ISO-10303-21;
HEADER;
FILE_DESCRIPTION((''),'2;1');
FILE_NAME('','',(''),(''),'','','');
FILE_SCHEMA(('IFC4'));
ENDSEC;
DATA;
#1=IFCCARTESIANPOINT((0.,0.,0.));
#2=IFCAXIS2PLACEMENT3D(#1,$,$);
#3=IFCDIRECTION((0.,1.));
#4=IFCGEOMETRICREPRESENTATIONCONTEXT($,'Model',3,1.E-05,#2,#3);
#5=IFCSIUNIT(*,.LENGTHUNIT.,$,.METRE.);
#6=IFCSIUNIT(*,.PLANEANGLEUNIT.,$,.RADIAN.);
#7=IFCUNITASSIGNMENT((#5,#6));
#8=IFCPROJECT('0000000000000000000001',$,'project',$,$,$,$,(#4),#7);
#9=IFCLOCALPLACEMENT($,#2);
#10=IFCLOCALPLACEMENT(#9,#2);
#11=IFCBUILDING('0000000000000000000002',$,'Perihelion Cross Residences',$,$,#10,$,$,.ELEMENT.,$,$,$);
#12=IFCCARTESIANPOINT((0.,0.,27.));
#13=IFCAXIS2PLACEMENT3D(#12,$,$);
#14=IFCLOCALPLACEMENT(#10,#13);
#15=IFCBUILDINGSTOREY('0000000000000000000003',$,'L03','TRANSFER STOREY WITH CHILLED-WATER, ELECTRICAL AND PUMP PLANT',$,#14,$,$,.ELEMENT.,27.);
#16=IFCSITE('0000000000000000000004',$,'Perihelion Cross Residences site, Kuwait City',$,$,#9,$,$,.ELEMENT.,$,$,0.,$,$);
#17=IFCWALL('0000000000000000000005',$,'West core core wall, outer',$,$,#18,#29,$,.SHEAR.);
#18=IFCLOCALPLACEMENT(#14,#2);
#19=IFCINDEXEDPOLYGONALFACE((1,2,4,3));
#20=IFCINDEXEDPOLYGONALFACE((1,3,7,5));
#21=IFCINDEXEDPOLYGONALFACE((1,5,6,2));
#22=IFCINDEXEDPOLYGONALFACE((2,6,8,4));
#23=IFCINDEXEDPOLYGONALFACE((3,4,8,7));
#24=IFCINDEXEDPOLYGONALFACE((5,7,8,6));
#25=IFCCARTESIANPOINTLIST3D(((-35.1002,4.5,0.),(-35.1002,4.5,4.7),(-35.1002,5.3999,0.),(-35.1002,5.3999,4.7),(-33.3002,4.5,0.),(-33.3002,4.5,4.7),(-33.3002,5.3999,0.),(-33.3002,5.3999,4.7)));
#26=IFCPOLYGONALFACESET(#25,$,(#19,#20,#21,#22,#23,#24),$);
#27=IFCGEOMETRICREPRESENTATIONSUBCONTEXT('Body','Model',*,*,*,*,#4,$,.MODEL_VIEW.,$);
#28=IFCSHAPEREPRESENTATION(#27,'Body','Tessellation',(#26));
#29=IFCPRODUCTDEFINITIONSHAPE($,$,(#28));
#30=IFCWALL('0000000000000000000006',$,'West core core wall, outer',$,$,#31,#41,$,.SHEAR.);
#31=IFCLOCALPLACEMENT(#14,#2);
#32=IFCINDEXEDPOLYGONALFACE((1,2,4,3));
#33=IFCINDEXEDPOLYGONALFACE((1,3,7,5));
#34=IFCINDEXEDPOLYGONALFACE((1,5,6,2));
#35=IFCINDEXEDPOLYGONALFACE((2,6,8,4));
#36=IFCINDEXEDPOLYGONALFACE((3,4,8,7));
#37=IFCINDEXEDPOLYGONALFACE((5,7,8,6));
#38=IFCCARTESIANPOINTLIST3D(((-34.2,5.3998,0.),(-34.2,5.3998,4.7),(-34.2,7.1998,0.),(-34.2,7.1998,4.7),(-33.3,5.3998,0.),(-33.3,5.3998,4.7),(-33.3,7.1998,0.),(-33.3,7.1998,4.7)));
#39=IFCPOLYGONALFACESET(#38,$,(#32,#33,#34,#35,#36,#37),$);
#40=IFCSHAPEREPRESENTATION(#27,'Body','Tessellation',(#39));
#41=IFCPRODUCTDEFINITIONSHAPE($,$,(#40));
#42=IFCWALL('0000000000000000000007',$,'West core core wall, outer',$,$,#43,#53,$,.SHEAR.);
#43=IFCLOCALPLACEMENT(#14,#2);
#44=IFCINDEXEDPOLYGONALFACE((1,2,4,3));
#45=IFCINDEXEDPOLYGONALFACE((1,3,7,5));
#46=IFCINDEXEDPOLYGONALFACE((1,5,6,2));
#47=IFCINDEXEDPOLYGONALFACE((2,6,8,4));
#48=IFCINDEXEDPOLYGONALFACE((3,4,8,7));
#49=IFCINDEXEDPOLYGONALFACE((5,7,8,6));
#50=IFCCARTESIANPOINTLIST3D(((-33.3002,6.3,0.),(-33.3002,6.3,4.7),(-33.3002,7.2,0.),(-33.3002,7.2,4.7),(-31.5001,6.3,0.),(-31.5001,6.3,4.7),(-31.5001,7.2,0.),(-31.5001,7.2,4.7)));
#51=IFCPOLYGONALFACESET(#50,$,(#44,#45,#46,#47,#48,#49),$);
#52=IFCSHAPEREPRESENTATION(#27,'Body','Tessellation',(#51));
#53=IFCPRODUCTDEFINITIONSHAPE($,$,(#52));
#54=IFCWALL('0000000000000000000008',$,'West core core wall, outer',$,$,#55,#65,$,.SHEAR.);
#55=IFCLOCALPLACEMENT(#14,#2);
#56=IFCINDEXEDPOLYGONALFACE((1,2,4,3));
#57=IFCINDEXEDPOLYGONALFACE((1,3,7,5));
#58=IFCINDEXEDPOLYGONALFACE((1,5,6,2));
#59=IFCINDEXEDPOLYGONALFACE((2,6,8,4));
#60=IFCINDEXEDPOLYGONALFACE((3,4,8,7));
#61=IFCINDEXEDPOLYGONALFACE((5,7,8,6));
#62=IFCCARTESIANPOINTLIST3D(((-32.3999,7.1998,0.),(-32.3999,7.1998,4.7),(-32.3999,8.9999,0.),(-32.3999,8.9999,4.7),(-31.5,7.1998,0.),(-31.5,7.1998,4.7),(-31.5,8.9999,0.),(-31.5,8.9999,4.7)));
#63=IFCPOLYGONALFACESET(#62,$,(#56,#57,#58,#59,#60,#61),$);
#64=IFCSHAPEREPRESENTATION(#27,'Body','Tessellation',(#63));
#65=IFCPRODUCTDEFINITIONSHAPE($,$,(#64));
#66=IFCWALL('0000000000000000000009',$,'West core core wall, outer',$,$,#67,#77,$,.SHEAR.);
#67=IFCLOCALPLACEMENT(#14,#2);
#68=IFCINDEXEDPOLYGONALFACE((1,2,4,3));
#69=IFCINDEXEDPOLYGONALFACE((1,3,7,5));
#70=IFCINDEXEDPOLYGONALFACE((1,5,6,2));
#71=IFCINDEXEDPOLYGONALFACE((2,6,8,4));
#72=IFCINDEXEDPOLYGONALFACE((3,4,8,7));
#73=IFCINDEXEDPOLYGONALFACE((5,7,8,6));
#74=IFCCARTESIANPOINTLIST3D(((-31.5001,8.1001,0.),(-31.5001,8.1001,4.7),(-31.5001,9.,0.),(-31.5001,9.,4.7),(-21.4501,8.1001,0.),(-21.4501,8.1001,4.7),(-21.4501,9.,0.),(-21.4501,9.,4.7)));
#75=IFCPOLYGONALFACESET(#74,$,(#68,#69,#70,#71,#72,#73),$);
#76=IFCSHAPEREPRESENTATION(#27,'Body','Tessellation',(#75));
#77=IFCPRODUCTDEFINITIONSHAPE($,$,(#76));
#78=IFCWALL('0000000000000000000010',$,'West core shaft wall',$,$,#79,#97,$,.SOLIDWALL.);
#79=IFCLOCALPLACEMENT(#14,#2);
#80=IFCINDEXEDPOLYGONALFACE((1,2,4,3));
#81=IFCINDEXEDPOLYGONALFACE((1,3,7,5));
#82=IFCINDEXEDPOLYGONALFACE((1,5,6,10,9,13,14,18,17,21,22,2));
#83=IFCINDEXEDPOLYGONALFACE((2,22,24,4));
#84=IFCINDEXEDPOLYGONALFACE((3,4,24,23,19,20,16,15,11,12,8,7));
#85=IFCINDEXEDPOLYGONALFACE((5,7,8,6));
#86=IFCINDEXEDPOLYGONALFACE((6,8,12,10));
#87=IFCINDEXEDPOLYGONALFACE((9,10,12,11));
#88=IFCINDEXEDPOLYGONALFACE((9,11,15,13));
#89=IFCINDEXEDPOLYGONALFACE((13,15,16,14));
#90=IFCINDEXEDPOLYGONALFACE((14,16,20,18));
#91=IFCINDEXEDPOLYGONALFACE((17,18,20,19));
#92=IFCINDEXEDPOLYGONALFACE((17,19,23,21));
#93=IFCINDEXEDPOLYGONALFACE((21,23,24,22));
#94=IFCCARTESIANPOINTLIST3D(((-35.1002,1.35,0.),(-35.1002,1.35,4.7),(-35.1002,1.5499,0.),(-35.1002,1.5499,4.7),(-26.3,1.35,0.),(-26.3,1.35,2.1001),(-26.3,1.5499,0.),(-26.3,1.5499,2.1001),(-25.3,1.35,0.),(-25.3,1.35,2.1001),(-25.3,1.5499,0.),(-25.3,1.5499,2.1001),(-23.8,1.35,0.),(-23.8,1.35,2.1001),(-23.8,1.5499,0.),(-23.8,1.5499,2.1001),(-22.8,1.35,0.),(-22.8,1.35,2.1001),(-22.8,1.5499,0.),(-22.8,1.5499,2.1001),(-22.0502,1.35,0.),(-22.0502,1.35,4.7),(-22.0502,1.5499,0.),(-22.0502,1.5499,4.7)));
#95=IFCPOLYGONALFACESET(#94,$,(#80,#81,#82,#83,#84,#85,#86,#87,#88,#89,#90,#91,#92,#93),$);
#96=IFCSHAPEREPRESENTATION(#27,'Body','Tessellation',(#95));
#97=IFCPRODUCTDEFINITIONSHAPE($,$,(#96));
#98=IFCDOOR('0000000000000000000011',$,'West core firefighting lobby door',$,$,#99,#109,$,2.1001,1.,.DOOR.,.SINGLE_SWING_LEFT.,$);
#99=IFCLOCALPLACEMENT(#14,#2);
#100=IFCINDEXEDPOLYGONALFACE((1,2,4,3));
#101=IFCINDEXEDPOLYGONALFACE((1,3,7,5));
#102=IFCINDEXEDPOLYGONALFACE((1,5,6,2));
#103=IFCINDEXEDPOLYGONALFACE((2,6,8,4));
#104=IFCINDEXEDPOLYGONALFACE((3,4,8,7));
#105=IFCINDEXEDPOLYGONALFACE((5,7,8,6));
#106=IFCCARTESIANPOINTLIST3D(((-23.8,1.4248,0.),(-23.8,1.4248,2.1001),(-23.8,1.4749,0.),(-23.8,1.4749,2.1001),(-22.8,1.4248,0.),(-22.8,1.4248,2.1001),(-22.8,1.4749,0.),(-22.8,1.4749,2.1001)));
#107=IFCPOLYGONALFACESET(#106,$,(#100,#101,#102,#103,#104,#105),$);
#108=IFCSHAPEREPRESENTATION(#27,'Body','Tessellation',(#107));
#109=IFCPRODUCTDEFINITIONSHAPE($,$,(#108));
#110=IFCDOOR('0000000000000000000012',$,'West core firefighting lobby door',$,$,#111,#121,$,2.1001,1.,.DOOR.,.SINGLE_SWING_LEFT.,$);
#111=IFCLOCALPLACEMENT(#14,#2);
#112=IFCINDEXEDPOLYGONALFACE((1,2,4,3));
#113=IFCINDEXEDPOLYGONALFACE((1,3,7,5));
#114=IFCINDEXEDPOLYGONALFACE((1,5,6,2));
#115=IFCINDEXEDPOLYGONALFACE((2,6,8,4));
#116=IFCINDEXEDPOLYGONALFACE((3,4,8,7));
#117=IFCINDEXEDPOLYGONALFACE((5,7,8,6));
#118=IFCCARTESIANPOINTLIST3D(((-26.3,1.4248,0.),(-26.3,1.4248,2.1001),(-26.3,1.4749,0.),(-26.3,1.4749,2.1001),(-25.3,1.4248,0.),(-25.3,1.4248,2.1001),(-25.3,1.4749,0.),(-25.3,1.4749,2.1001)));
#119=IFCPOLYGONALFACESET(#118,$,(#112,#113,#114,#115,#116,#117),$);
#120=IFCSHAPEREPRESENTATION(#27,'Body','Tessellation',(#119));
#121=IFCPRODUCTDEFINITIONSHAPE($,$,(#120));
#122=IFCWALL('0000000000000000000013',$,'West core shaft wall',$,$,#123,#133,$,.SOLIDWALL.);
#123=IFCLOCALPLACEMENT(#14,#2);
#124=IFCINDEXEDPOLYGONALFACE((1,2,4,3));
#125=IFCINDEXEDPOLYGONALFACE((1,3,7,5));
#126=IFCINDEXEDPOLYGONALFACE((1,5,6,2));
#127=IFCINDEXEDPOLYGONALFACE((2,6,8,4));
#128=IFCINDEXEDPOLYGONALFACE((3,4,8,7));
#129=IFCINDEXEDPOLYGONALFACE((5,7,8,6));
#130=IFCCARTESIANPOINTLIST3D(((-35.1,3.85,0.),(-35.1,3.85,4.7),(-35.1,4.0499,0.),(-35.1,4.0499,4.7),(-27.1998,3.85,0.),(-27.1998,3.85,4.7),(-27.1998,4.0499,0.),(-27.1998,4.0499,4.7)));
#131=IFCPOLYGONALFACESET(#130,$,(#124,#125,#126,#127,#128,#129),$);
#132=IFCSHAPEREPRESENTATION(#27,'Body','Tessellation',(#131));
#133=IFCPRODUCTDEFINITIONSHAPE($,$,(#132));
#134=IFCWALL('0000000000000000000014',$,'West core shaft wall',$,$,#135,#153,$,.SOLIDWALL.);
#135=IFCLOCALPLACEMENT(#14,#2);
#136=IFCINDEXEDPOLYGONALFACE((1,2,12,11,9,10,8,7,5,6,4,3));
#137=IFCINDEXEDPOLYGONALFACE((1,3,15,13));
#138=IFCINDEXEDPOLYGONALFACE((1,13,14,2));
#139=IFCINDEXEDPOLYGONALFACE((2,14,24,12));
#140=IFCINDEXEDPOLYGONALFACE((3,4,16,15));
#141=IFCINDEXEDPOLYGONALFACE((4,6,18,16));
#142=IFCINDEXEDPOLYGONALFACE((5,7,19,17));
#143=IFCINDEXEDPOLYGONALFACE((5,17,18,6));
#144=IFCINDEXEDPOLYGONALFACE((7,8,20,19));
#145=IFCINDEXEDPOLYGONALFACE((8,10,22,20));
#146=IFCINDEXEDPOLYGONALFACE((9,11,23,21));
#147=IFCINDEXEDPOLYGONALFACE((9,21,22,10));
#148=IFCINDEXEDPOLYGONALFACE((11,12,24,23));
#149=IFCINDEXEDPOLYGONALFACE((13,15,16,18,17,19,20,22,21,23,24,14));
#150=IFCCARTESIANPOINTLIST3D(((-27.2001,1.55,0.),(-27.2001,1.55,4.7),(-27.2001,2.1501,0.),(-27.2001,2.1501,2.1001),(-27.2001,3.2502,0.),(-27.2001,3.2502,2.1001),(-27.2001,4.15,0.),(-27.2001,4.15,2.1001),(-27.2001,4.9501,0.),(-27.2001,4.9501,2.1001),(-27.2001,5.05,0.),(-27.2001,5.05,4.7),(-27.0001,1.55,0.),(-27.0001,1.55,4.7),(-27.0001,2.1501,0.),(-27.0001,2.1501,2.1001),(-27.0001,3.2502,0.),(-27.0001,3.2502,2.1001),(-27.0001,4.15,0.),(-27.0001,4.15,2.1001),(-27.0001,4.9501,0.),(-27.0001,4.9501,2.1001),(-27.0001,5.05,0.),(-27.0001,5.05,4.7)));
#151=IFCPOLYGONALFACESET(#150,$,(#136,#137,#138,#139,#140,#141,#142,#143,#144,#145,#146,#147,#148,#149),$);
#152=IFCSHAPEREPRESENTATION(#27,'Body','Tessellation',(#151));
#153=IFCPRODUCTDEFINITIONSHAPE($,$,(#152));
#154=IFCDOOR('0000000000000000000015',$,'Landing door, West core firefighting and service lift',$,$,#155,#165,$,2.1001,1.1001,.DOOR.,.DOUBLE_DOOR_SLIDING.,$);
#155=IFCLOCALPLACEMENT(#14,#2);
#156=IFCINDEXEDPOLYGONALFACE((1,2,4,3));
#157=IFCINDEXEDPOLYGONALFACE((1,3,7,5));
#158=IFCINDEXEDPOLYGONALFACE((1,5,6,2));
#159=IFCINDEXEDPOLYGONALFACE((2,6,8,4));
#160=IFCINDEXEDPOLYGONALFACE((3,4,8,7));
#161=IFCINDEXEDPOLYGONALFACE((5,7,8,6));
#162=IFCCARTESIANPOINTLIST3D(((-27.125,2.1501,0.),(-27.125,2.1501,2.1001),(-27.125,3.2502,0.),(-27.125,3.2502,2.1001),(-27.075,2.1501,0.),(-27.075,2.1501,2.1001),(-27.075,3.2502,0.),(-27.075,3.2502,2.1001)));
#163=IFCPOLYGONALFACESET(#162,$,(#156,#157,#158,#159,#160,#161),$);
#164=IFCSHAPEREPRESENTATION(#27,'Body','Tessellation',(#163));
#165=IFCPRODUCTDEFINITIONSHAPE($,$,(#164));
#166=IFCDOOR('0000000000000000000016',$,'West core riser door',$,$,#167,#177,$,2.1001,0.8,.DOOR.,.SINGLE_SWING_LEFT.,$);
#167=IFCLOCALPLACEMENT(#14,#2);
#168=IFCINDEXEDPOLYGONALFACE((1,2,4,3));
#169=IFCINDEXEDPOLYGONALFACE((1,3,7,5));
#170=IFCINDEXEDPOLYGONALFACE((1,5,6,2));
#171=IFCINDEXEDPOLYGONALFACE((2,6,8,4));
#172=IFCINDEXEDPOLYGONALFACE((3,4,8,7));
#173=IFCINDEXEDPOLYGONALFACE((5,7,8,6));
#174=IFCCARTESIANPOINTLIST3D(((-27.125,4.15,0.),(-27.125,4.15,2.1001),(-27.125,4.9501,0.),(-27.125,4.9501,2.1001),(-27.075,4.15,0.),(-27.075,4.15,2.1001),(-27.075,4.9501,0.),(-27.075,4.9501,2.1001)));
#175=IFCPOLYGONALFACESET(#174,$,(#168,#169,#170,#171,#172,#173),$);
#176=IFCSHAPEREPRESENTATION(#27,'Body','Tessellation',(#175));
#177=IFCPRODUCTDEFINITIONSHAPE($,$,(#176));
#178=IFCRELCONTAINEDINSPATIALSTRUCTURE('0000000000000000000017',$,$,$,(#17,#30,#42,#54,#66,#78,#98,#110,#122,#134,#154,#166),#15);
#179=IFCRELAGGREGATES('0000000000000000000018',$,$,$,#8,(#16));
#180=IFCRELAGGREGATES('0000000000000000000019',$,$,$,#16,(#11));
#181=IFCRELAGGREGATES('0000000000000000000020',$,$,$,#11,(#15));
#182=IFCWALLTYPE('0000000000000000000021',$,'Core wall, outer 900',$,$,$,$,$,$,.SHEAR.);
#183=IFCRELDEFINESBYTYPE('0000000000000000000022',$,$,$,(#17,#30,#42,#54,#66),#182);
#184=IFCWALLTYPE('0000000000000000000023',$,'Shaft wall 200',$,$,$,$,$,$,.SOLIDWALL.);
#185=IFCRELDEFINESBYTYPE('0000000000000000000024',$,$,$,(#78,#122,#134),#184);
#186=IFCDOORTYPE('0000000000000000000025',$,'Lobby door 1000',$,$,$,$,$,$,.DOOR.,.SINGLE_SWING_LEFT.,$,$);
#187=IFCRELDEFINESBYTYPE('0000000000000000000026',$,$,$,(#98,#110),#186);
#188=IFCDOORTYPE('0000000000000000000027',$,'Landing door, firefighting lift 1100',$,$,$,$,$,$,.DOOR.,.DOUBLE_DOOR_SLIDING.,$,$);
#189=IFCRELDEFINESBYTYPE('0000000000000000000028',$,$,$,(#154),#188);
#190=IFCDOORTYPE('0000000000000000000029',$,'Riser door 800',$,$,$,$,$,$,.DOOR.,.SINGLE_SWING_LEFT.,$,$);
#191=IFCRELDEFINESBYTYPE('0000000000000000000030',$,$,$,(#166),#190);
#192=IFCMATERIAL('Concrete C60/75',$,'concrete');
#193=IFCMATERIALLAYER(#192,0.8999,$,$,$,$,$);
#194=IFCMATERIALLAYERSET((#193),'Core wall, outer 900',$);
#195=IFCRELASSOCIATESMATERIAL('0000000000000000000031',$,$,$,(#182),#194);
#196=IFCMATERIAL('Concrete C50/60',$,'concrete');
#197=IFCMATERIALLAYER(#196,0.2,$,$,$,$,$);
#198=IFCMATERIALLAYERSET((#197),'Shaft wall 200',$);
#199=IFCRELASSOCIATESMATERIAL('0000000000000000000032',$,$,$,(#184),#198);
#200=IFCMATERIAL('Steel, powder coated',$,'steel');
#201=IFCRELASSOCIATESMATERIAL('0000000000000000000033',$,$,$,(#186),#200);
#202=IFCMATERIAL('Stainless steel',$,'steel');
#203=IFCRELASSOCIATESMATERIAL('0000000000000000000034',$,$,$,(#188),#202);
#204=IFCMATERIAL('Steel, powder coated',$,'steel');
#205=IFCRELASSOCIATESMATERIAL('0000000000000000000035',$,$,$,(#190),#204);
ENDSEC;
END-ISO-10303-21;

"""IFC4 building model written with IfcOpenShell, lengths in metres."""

from ifc_helpers import new_model, si_unit, direction, frame, frame_2d, origin, place, context, subcontext, project, spatial, rectangle, extrude, material, layer, layer_set, type_object, element, fill, save


model = new_model("IFC4")

# Units and contexts
model_context = context("Model", 3, precision=1e-05, world=origin(), true_north=direction((0.0, 1.0)))
body_context = subcontext(model_context, "Body", "Model", "MODEL_VIEW")
ifc_project = project(units=[si_unit("LENGTHUNIT", "METRE"), si_unit("PLANEANGLEUNIT", "RADIAN")], contexts=[model_context])

# Site, building, storey
site_placement = place(None, origin())
site = spatial("IfcSite", under=ifc_project, at=site_placement, Name="Perihelion Cross Residences site, Kuwait City", CompositionType="ELEMENT", RefElevation=0.0)
building_placement = place(site_placement, origin())
building = spatial("IfcBuilding", under=site, at=building_placement, Name="Perihelion Cross Residences", CompositionType="ELEMENT")
storey_placement = place(building_placement, frame((0.0, 0.0, 27.0)))
storey = spatial("IfcBuildingStorey", under=building, at=storey_placement, Name="L03", Description="TRANSFER STOREY WITH CHILLED-WATER, ELECTRICAL AND PUMP PLANT", CompositionType="ELEMENT", Elevation=27.0)

# Walls
ifc_material_1 = material(Name="Concrete C60/75", Category="concrete")
ifc_layer_1 = layer(ifc_material_1, 0.8999)
ifc_layer_set_1 = layer_set([ifc_layer_1], Name="Core wall, outer 900")
wall_type_1 = type_object("IfcWallType", Name="Core wall, outer 900", PredefinedType="SHEAR", material=ifc_layer_set_1)
for number, where, z_axis, x_axis, name in (
    (1, (-35.1001, 4.95, 0.0), (0.0, 0.0, 1.0), (1.0, 0.0, 0.0), "West core core wall, outer"),
    (2, (-33.75, 5.3999, 0.0), (0.0, 0.0, 1.0), (0.0, 1.0, 0.0), "West core core wall, outer"),
    (3, (-33.3, 6.75, 0.0), (0.0, 0.0, 1.0), (1.0, 0.0, 0.0), "West core core wall, outer"),
    (4, (-31.95, 7.2, 0.0), (0.0, 0.0, 1.0), (0.0, 1.0, 0.0), "West core core wall, outer"),
):
    element("IfcWall", number, at=place(storey_placement, frame(where, z_axis=z_axis, x_axis=x_axis)), inside=storey, type_object=wall_type_1, Name=name, PredefinedType="SHEAR", context=body_context, shape_type="SweptSolid", body=[
        extrude(rectangle(XDim=1.8, YDim=0.8999, at=frame_2d((0.8999, 0.0))), origin(), (0.0, 0.0, 1.0), 4.7),
    ])
wall_1_placement = place(storey_placement, frame((-31.5, 8.55, 0.0), z_axis=(0.0, 0.0, 1.0), x_axis=(1.0, 0.0, 0.0)))
element("IfcWall", 5, at=wall_1_placement, inside=storey, type_object=wall_type_1, Name="West core core wall, outer", PredefinedType="SHEAR", context=body_context, shape_type="SweptSolid", body=[
    extrude(rectangle(XDim=10.05, YDim=0.8999, at=frame_2d((5.0249, 0.0))), origin(), (0.0, 0.0, 1.0), 4.7),
])

# Wall, openings, doors
ifc_material_2 = material(Name="Concrete C50/60", Category="concrete")
ifc_layer_2 = layer(ifc_material_2, 0.2)
ifc_layer_set_2 = layer_set([ifc_layer_2], Name="Shaft wall 200")
wall_type_2 = type_object("IfcWallType", Name="Shaft wall 200", PredefinedType="SOLIDWALL", material=ifc_layer_set_2)
wall_2_placement = place(storey_placement, frame((-35.1001, 1.45, 0.0), z_axis=(0.0, 0.0, 1.0), x_axis=(1.0, 0.0, 0.0)))
wall_2 = element("IfcWall", 6, at=wall_2_placement, inside=storey, type_object=wall_type_2, Name="West core shaft wall", PredefinedType="SOLIDWALL", context=body_context, shape_type="SweptSolid", body=[
    extrude(rectangle(XDim=13.05, YDim=0.2, at=frame_2d((6.5249, 0.0))), origin(), (0.0, 0.0, 1.0), 4.7),
])
opening_1_placement = place(wall_2_placement, frame((11.3, 0.0, 0.0)))
opening_1 = element("IfcOpeningElement", 7, at=opening_1_placement, cuts=wall_2, PredefinedType="OPENING", context=body_context, shape_type="SweptSolid", body=[
    extrude(rectangle(XDim=1.0, YDim=2.1001, at=frame_2d((0.5, 1.05))), frame((0.0, 0.1099, 0.0), z_axis=(0.0, -1.0, 0.0), x_axis=(1.0, 0.0, 0.0)), (0.0, 0.0, 1.0), 0.22),
])
opening_2_placement = place(wall_2_placement, frame((8.8, 0.0, 0.0)))
opening_2 = element("IfcOpeningElement", 8, at=opening_2_placement, cuts=wall_2, PredefinedType="OPENING", context=body_context, shape_type="SweptSolid", body=[
    extrude(rectangle(XDim=1.0, YDim=2.1001, at=frame_2d((0.5, 1.05))), frame((0.0, 0.1099, 0.0), z_axis=(0.0, -1.0, 0.0), x_axis=(1.0, 0.0, 0.0)), (0.0, 0.0, 1.0), 0.22),
])
ifc_material_3 = material(Name="Steel, powder coated", Category="steel")
door_type_1 = type_object("IfcDoorType", Name="Lobby door 1000", OperationType="SINGLE_SWING_LEFT", PredefinedType="DOOR", material=ifc_material_3)
door_1_placement = place(opening_1_placement, origin())
door_1 = element("IfcDoor", 9, at=door_1_placement, inside=storey, type_object=door_type_1, Name="West core firefighting lobby door", OperationType="SINGLE_SWING_LEFT", OverallHeight=2.1001, OverallWidth=1.0, PredefinedType="DOOR", context=body_context, shape_type="SweptSolid", body=[
    extrude(rectangle(XDim=1.0, YDim=2.1001, at=frame_2d((0.5, 1.05))), frame((0.0, 0.0249, 0.0), z_axis=(0.0, -1.0, 0.0), x_axis=(1.0, 0.0, 0.0)), (0.0, 0.0, 1.0), 0.05),
])
fill(opening_1, door_1)
door_2_placement = place(opening_2_placement, origin())
door_2 = element("IfcDoor", 10, at=door_2_placement, inside=storey, type_object=door_type_1, Name="West core firefighting lobby door", OperationType="SINGLE_SWING_LEFT", OverallHeight=2.1001, OverallWidth=1.0, PredefinedType="DOOR", context=body_context, shape_type="SweptSolid", body=[
    extrude(rectangle(XDim=1.0, YDim=2.1001, at=frame_2d((0.5, 1.05))), frame((0.0, 0.0249, 0.0), z_axis=(0.0, -1.0, 0.0), x_axis=(1.0, 0.0, 0.0)), (0.0, 0.0, 1.0), 0.05),
])
fill(opening_2, door_2)

# Wall
wall_3_placement = place(storey_placement, frame((-35.1001, 3.95, 0.0), z_axis=(0.0, 0.0, 1.0), x_axis=(1.0, 0.0, 0.0)))
element("IfcWall", 11, at=wall_3_placement, inside=storey, type_object=wall_type_2, Name="West core shaft wall", PredefinedType="SOLIDWALL", context=body_context, shape_type="SweptSolid", body=[
    extrude(rectangle(XDim=7.9001, YDim=0.2, at=frame_2d((3.9502, 0.0))), origin(), (0.0, 0.0, 1.0), 4.7),
])

# Wall, openings, doors
wall_4_placement = place(storey_placement, frame((-27.1001, 1.55, 0.0), z_axis=(0.0, 0.0, 1.0), x_axis=(0.0, 1.0, 0.0)))
wall_4 = element("IfcWall", 12, at=wall_4_placement, inside=storey, type_object=wall_type_2, Name="West core shaft wall", PredefinedType="SOLIDWALL", context=body_context, shape_type="SweptSolid", body=[
    extrude(rectangle(XDim=3.5, YDim=0.2, at=frame_2d((1.75, 0.0))), origin(), (0.0, 0.0, 1.0), 4.7),
])
opening_3_placement = place(wall_4_placement, frame((0.6001, 0.0, 0.0)))
opening_3 = element("IfcOpeningElement", 13, at=opening_3_placement, cuts=wall_4, PredefinedType="OPENING", context=body_context, shape_type="SweptSolid", body=[
    extrude(rectangle(XDim=1.1001, YDim=2.1001, at=frame_2d((0.55, 1.05))), frame((0.0, 0.1099, 0.0), z_axis=(0.0, -1.0, 0.0), x_axis=(1.0, 0.0, 0.0)), (0.0, 0.0, 1.0), 0.22),
])
opening_4_placement = place(wall_4_placement, frame((2.6001, 0.0, 0.0)))
opening_4 = element("IfcOpeningElement", 14, at=opening_4_placement, cuts=wall_4, PredefinedType="OPENING", context=body_context, shape_type="SweptSolid", body=[
    extrude(rectangle(XDim=0.8, YDim=2.1001, at=frame_2d((0.3999, 1.05))), frame((0.0, 0.1099, 0.0), z_axis=(0.0, -1.0, 0.0), x_axis=(1.0, 0.0, 0.0)), (0.0, 0.0, 1.0), 0.22),
])
ifc_material_4 = material(Name="Stainless steel", Category="steel")
door_type_2 = type_object("IfcDoorType", Name="Landing door, firefighting lift 1100", OperationType="DOUBLE_DOOR_SLIDING", PredefinedType="DOOR", material=ifc_material_4)
door_3_placement = place(opening_3_placement, origin())
door_3 = element("IfcDoor", 15, at=door_3_placement, inside=storey, type_object=door_type_2, Name="Landing door, West core firefighting and service lift", OperationType="DOUBLE_DOOR_SLIDING", OverallHeight=2.1001, OverallWidth=1.1001, PredefinedType="DOOR", context=body_context, shape_type="SweptSolid", body=[
    extrude(rectangle(XDim=1.1001, YDim=2.1001, at=frame_2d((0.55, 1.05))), frame((0.0, 0.0249, 0.0), z_axis=(0.0, -1.0, 0.0), x_axis=(1.0, 0.0, 0.0)), (0.0, 0.0, 1.0), 0.05),
])
fill(opening_3, door_3)
ifc_material_5 = material(Name="Steel, powder coated", Category="steel")
door_type_3 = type_object("IfcDoorType", Name="Riser door 800", OperationType="SINGLE_SWING_LEFT", PredefinedType="DOOR", material=ifc_material_5)
door_4_placement = place(opening_4_placement, origin())
door_4 = element("IfcDoor", 16, at=door_4_placement, inside=storey, type_object=door_type_3, Name="West core riser door", OperationType="SINGLE_SWING_LEFT", OverallHeight=2.1001, OverallWidth=0.8, PredefinedType="DOOR", context=body_context, shape_type="SweptSolid", body=[
    extrude(rectangle(XDim=0.8, YDim=2.1001, at=frame_2d((0.3999, 1.05))), frame((0.0, 0.0249, 0.0), z_axis=(0.0, -1.0, 0.0), x_axis=(1.0, 0.0, 0.0)), (0.0, 0.0, 1.0), 0.05),
])
fill(opening_4, door_4)

save(model, "model.ifc")
